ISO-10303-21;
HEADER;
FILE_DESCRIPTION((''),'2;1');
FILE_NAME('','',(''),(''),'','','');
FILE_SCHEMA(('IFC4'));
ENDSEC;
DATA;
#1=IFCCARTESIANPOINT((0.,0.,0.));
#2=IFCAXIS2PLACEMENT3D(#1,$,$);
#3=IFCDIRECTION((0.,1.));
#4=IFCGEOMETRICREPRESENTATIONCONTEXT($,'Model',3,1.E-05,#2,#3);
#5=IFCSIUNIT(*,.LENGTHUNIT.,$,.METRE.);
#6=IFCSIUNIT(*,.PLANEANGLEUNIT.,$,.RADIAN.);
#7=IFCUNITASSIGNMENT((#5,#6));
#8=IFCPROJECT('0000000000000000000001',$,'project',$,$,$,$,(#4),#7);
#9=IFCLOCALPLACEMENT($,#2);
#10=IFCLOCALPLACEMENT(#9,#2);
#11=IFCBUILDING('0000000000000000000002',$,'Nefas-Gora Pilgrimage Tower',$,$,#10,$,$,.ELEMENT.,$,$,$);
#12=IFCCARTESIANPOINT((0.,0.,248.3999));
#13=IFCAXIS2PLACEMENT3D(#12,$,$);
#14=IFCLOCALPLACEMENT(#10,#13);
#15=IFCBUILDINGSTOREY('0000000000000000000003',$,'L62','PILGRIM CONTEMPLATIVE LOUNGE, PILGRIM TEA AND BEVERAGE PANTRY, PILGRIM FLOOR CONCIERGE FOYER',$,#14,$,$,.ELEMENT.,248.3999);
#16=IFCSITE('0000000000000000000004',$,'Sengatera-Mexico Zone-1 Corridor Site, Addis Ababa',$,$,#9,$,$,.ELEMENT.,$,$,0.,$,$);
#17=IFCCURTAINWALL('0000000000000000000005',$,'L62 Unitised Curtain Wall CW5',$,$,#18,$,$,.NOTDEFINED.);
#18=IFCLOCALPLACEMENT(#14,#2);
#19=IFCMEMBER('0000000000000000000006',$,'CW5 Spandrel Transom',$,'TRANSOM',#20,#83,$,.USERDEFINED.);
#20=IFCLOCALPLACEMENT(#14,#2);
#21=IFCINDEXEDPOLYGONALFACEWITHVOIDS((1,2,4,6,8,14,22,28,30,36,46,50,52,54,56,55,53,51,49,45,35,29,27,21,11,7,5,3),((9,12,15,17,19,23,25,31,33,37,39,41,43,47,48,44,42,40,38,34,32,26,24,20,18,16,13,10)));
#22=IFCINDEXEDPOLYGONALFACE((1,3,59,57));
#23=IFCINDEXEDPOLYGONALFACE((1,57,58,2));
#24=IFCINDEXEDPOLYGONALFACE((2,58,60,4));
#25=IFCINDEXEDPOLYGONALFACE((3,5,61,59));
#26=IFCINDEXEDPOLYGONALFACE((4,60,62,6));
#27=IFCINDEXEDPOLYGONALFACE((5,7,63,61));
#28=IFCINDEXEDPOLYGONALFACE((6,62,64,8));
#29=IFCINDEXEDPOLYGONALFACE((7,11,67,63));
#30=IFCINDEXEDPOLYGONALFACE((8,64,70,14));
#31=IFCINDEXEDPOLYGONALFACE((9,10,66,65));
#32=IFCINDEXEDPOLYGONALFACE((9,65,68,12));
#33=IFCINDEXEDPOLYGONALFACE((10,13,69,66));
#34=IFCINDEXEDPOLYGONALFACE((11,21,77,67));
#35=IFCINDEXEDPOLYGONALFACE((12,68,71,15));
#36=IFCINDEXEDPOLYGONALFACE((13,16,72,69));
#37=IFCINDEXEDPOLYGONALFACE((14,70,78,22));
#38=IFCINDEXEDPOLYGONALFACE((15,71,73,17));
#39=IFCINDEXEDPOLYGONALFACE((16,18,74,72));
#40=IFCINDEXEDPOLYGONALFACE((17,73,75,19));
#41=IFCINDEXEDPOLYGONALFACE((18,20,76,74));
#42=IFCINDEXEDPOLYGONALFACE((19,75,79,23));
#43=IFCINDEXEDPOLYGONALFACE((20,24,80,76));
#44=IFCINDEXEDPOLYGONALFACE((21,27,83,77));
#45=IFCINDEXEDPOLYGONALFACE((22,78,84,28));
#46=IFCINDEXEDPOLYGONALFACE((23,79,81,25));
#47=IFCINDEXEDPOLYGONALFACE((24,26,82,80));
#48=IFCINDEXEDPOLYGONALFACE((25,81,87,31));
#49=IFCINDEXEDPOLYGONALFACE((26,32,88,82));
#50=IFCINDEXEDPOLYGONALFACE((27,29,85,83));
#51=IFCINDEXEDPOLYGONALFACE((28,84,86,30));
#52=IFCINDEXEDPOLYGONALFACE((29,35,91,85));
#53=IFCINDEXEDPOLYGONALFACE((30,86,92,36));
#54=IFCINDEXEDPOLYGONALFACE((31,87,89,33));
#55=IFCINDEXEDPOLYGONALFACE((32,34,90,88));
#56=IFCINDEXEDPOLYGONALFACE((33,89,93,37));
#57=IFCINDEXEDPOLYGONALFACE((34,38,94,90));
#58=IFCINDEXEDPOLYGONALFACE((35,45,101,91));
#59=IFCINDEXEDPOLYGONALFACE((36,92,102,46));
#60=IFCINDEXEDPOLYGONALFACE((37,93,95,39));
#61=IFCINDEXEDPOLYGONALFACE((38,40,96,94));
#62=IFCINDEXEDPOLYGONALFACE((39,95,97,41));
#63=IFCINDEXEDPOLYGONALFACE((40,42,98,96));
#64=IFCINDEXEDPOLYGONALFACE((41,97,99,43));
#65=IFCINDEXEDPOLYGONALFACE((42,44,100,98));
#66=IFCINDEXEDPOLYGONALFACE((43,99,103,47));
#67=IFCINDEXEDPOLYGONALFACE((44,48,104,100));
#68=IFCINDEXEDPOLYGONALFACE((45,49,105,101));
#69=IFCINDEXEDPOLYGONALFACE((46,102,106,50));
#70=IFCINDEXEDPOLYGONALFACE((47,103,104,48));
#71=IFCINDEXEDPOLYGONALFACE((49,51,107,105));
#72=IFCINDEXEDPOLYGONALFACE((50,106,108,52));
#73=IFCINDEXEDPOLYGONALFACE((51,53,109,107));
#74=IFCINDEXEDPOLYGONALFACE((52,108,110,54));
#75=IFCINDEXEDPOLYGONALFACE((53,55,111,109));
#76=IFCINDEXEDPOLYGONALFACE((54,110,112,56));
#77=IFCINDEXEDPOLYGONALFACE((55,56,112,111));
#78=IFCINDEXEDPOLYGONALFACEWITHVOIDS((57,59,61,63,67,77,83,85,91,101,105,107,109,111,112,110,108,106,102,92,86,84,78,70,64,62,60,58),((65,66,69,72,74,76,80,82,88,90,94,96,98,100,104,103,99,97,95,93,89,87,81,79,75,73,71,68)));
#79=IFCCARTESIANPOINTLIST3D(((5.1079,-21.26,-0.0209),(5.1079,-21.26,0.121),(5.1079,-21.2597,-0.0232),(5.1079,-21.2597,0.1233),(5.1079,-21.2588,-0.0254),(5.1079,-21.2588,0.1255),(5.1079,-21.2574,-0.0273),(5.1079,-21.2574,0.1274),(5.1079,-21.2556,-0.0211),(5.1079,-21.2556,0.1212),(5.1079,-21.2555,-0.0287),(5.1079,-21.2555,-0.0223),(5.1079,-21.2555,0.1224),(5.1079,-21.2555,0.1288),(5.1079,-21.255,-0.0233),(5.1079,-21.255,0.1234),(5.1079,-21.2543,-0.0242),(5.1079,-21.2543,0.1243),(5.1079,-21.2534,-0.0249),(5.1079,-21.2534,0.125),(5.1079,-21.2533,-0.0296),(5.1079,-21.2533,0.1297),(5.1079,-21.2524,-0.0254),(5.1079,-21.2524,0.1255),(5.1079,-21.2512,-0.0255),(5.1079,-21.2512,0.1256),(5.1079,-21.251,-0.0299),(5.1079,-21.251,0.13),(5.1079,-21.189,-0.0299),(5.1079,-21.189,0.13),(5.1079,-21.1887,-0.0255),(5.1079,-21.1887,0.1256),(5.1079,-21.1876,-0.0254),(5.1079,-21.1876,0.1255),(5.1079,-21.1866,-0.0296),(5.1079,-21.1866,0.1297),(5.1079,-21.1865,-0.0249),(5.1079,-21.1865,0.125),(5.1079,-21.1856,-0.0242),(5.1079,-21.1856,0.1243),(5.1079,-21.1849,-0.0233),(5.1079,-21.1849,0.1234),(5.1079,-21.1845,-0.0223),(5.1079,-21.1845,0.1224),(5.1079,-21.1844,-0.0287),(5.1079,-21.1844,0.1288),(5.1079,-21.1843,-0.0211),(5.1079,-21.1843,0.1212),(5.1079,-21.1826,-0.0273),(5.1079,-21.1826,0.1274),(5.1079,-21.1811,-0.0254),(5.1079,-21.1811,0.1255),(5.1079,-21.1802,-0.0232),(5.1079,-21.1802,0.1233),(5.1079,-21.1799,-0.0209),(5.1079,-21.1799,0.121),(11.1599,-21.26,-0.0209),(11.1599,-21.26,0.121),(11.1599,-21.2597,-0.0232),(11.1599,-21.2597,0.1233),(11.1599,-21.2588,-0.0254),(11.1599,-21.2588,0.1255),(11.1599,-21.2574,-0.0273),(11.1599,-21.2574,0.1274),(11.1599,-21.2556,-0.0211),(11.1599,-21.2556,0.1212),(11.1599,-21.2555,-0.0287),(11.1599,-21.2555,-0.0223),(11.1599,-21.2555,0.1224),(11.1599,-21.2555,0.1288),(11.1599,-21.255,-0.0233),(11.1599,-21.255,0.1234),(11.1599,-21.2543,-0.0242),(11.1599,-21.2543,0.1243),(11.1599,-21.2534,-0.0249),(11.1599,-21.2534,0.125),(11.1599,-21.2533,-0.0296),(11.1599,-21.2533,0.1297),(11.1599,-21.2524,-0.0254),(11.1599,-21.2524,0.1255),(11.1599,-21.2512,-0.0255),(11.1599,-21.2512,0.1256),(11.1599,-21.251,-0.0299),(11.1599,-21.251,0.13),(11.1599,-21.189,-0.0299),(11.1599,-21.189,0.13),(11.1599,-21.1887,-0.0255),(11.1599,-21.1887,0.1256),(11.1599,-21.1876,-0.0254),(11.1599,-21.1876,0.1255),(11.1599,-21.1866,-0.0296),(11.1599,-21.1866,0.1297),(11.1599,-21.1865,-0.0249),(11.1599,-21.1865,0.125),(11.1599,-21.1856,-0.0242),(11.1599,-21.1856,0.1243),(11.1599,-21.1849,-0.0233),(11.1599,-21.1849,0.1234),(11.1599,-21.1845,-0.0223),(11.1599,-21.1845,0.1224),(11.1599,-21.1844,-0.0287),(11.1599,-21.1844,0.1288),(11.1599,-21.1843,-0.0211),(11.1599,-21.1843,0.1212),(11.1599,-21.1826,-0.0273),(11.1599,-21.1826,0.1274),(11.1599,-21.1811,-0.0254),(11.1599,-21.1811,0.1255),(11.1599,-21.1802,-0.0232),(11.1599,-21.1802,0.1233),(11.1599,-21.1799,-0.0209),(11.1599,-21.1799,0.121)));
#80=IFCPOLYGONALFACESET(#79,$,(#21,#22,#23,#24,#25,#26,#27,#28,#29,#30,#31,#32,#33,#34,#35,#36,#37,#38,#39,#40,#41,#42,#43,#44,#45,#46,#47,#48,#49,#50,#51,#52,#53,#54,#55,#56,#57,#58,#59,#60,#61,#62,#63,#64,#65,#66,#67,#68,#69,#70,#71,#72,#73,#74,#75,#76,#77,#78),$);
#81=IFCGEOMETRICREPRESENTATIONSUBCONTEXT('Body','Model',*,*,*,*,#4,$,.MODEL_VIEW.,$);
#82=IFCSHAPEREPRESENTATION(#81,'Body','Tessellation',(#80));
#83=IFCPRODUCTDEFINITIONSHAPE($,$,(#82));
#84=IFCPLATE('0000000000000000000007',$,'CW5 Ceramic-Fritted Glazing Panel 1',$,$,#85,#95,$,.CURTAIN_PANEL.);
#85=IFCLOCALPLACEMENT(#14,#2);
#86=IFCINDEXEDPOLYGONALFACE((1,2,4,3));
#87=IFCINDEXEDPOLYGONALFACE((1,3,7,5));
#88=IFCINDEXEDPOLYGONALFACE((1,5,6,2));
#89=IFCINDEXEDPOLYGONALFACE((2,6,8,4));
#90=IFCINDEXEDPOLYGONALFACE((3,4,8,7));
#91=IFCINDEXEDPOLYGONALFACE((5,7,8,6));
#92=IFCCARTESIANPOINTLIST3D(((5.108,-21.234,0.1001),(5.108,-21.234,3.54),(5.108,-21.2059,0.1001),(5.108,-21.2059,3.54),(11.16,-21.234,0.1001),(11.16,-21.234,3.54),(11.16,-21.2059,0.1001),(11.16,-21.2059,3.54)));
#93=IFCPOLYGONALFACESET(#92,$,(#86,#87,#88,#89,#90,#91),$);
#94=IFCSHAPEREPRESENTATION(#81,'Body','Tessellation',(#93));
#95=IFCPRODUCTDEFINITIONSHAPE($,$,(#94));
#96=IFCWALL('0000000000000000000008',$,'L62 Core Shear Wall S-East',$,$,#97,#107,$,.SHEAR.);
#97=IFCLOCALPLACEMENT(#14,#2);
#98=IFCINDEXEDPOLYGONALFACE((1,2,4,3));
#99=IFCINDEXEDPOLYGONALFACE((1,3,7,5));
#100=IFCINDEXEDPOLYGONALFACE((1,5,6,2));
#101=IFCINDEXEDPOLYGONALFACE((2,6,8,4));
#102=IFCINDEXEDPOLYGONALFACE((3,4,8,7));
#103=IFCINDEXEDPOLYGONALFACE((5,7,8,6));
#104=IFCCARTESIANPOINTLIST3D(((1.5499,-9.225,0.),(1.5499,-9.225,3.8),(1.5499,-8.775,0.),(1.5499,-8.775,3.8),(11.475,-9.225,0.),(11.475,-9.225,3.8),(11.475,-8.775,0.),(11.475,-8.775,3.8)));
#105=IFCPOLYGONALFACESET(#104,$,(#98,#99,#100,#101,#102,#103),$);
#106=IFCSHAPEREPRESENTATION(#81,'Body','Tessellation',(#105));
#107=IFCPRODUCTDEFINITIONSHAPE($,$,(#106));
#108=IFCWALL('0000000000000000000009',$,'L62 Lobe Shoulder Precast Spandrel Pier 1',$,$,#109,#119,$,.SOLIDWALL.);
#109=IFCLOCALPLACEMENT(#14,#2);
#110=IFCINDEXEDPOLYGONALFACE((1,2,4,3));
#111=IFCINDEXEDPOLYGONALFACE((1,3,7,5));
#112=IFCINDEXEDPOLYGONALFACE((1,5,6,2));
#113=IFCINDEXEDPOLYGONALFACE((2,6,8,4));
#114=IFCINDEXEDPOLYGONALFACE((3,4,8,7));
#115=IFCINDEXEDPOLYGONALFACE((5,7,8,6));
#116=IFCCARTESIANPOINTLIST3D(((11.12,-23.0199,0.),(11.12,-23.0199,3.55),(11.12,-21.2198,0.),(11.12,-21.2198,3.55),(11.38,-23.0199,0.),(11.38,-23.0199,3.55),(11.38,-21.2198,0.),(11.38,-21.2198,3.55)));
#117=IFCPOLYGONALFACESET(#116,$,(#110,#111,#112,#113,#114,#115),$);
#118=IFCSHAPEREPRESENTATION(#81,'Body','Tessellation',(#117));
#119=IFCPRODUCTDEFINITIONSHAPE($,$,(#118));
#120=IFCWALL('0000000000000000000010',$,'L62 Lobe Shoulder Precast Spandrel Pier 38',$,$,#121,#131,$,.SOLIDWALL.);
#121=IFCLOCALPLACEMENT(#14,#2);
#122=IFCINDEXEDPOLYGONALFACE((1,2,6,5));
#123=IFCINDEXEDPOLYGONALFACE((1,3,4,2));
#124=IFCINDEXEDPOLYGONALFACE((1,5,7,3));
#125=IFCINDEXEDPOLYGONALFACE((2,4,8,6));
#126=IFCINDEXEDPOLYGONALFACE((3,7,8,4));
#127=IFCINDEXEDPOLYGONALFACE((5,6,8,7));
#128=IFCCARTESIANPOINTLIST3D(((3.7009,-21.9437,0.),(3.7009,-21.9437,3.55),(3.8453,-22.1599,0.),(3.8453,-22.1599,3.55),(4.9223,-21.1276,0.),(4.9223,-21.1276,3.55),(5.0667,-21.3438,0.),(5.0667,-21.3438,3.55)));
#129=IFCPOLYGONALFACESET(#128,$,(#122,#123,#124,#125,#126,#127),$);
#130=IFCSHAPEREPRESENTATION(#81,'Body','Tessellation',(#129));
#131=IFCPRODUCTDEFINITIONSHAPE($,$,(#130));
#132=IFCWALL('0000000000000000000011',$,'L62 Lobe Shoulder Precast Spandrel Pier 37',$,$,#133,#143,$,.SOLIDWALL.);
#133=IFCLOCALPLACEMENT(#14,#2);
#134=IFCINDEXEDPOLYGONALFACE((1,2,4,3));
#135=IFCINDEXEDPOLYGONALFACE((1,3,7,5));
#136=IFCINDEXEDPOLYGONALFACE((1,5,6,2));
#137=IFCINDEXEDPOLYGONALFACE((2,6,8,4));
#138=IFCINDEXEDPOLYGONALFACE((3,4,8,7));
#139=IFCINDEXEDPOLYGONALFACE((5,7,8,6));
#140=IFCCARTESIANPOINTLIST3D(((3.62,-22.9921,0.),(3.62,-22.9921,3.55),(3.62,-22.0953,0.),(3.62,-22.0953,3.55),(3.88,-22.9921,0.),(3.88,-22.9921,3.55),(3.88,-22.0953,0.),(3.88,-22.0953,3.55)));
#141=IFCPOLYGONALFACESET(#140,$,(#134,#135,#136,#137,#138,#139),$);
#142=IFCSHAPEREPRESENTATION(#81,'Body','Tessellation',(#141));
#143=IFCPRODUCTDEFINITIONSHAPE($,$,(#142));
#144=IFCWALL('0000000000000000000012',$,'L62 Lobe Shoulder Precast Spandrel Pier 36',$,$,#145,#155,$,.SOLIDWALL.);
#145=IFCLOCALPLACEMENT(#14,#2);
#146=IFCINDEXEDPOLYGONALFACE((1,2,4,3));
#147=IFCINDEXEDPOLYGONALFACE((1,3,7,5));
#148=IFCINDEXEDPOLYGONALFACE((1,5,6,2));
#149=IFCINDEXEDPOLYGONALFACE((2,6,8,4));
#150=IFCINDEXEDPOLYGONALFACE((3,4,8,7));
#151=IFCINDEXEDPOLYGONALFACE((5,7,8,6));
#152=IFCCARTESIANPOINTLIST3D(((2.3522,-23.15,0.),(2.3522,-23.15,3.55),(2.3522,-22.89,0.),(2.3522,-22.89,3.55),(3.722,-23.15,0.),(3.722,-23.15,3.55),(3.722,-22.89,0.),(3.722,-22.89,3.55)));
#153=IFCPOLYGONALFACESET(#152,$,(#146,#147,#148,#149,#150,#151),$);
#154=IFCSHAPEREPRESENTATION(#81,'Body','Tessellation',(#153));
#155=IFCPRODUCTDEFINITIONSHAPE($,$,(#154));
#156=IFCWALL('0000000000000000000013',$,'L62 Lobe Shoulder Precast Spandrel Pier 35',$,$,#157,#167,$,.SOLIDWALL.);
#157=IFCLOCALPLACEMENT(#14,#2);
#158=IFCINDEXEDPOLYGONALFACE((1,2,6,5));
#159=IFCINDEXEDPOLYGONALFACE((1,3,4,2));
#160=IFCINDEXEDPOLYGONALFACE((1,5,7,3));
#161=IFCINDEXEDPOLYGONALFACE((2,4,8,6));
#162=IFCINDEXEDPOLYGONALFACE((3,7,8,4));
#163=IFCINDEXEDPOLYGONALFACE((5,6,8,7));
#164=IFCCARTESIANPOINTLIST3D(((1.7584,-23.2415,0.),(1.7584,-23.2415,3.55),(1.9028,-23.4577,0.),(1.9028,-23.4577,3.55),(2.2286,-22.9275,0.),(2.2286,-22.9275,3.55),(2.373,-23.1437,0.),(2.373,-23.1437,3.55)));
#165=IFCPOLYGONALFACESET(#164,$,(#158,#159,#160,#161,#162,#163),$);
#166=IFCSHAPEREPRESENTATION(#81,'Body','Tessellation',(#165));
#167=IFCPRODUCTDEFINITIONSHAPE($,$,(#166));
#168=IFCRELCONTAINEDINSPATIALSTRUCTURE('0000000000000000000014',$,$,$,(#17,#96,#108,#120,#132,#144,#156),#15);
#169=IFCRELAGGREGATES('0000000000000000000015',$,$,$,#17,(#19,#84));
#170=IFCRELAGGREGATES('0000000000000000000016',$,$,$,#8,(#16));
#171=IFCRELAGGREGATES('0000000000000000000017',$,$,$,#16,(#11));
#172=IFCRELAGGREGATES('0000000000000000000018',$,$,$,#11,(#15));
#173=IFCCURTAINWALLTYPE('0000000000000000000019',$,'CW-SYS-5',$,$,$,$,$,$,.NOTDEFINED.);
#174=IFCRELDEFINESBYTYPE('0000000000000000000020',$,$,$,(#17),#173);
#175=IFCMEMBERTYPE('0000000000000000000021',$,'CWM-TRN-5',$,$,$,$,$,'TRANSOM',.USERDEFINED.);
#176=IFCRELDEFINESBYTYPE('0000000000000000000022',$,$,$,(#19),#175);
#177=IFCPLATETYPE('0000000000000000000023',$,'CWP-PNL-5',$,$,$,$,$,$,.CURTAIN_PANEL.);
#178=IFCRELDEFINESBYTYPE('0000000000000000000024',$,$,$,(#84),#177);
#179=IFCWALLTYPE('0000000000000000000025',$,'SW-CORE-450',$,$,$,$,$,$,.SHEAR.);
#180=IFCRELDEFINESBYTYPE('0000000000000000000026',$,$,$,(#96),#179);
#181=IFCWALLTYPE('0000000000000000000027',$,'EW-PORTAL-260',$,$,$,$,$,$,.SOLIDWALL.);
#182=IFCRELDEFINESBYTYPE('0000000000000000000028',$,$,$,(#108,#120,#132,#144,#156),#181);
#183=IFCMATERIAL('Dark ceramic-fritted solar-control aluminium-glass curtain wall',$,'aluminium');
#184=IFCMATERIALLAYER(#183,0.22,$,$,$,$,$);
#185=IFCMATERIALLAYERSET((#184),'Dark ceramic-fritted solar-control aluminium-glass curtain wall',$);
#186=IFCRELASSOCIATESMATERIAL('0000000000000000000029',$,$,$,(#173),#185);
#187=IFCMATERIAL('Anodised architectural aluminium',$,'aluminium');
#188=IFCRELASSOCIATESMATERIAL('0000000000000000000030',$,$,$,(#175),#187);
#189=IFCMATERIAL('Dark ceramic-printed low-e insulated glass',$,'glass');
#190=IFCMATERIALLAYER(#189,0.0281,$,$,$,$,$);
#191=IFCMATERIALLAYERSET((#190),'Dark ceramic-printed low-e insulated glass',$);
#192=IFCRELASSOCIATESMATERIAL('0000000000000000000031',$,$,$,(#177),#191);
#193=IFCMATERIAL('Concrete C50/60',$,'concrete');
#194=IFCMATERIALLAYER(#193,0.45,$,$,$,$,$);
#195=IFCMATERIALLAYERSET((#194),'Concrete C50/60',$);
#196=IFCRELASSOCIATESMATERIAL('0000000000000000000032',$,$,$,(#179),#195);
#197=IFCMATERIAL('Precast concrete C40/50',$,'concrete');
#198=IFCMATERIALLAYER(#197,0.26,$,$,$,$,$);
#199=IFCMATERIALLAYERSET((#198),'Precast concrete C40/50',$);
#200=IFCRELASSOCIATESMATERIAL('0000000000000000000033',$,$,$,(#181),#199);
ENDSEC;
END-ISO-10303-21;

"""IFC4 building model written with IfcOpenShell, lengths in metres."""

from ifc_helpers import new_model, si_unit, direction, frame, frame_2d, origin, origin_2d, place, context, subcontext, project, spatial, rectangle, hollow_rectangle, extrude, source, transform, mapped, material, layer, layer_set, material_profile, profile_set, type_object, element, aggregate, save


model = new_model("IFC4")

# Units and contexts
model_context = context("Model", 3, precision=1e-05, world=origin(), true_north=direction((0.0, 1.0)))
body_context = subcontext(model_context, "Body", "Model", "MODEL_VIEW")
ifc_project = project(units=[si_unit("LENGTHUNIT", "METRE"), si_unit("PLANEANGLEUNIT", "RADIAN")], contexts=[model_context])

# Site, building, storey
site_placement = place(None, origin())
site = spatial("IfcSite", under=ifc_project, at=site_placement, Name="Sengatera-Mexico Zone-1 Corridor Site, Addis Ababa", CompositionType="ELEMENT", RefElevation=0.0)
building_placement = place(site_placement, origin())
building = spatial("IfcBuilding", under=site, at=building_placement, Name="Nefas-Gora Pilgrimage Tower", CompositionType="ELEMENT")
storey_placement = place(building_placement, frame((0.0, 0.0, 248.3999)))
storey = spatial("IfcBuildingStorey", under=building, at=storey_placement, Name="L62", Description="PILGRIM CONTEMPLATIVE LOUNGE, PILGRIM TEA AND BEVERAGE PANTRY, PILGRIM FLOOR CONCIERGE FOYER", CompositionType="ELEMENT", Elevation=248.3999)

# Curtain wall
ifc_material_1 = material(Name="Dark ceramic-fritted solar-control aluminium-glass curtain wall", Category="aluminium")
ifc_layer_1 = layer(ifc_material_1, 0.22)
ifc_layer_set_1 = layer_set([ifc_layer_1], Name="Dark ceramic-fritted solar-control aluminium-glass curtain wall")
curtain_wall_type = type_object("IfcCurtainWallType", Name="CW-SYS-5", PredefinedType="NOTDEFINED", material=ifc_layer_set_1)
curtain_wall_1_placement = place(storey_placement, origin())
curtain_wall_1 = element("IfcCurtainWall", 1, at=curtain_wall_1_placement, inside=storey, type_object=curtain_wall_type, Name="L62 Unitised Curtain Wall CW5", PredefinedType="NOTDEFINED")
ifc_material_2 = material(Name="Anodised architectural aluminium", Category="aluminium")

# Member
ifc_material_profile_1 = material_profile(ifc_material_2, hollow_rectangle(XDim=0.0801, YDim=0.1599, WallThickness=0.0044, InnerFilletRadius=0.0044, OuterFilletRadius=0.009, at=origin_2d()), Name="ALU TRANSOM 80x160")
ifc_profile_set_1 = profile_set([ifc_material_profile_1], Name="Anodised architectural aluminium")
member_type_1 = type_object("IfcMemberType", Name="CWM-TRN-5", ElementType="TRANSOM", PredefinedType="USERDEFINED", material=ifc_profile_set_1)
shared_shape_1 = source(origin(), body_context, "Body", "SweptSolid", [
    extrude(hollow_rectangle(XDim=0.0801, YDim=0.1599, WallThickness=0.0044, InnerFilletRadius=0.0044, OuterFilletRadius=0.009, at=origin_2d()), origin(), (0.0, 0.0, 1.0), 6.052),
])
member_1_placement = place(storey_placement, frame((5.1079, -21.22, 0.05), z_axis=(1.0, 0.0, 0.0), x_axis=(0.0, 1.0, 0.0)))
member_1 = element("IfcMember", 2, at=member_1_placement, type_object=member_type_1, Name="CW5 Spandrel Transom", ObjectType="TRANSOM", PredefinedType="USERDEFINED", context=body_context, shape_type="MappedRepresentation", body=[
    mapped(shared_shape_1, transform((0.0, 0.0, 0.0), x_axis=(1.0, 0.0, 0.0), y_axis=(0.0, 1.0, 0.0), z_axis=(0.0, 0.0, 1.0), scale=1.0)),
])

# Plate
ifc_material_3 = material(Name="Dark ceramic-printed low-e insulated glass", Category="glass")
ifc_layer_2 = layer(ifc_material_3, 0.0281)
ifc_layer_set_2 = layer_set([ifc_layer_2], Name="Dark ceramic-printed low-e insulated glass")
plate_type = type_object("IfcPlateType", Name="CWP-PNL-5", PredefinedType="CURTAIN_PANEL", material=ifc_layer_set_2)
shared_shape_2 = source(origin(), body_context, "Body", "SweptSolid", [
    extrude(rectangle(XDim=6.052, YDim=0.0281, at=origin_2d()), origin(), (0.0, 0.0, 1.0), 3.4399),
])
plate_placement = place(storey_placement, frame((8.134, -21.22, 0.1001), z_axis=(0.0, 0.0, 1.0), x_axis=(1.0, 0.0, 0.0)))
plate = element("IfcPlate", 3, at=plate_placement, type_object=plate_type, Name="CW5 Ceramic-Fritted Glazing Panel 1", PredefinedType="CURTAIN_PANEL", context=body_context, shape_type="MappedRepresentation", body=[
    mapped(shared_shape_2, transform((0.0, 0.0, 0.0), x_axis=(1.0, 0.0, 0.0), y_axis=(0.0, 1.0, 0.0), z_axis=(0.0, 0.0, 1.0), scale=1.0)),
])
aggregate(curtain_wall_1, [member_1, plate])

# Walls
ifc_material_4 = material(Name="Concrete C50/60", Category="concrete")
ifc_layer_3 = layer(ifc_material_4, 0.45)
ifc_layer_set_3 = layer_set([ifc_layer_3], Name="Concrete C50/60")
wall_type_1 = type_object("IfcWallType", Name="SW-CORE-450", PredefinedType="SHEAR", material=ifc_layer_set_3)
shared_shape_3 = source(origin(), body_context, "Body", "SweptSolid", [
    extrude(rectangle(XDim=9.925, YDim=0.45, at=frame_2d((4.9624, 0.0))), origin(), (0.0, 0.0, 1.0), 3.8),
])
wall_1_placement = place(storey_placement, frame((1.55, -9.0, 0.0), z_axis=(0.0, 0.0, 1.0), x_axis=(1.0, 0.0, 0.0)))
element("IfcWall", 4, at=wall_1_placement, inside=storey, type_object=wall_type_1, Name="L62 Core Shear Wall S-East", PredefinedType="SHEAR", context=body_context, shape_type="MappedRepresentation", body=[
    mapped(shared_shape_3, transform((0.0, 0.0, 0.0), x_axis=(1.0, 0.0, 0.0), y_axis=(0.0, 1.0, 0.0), z_axis=(0.0, 0.0, 1.0), scale=1.0)),
])
ifc_material_5 = material(Name="Precast concrete C40/50", Category="concrete")
ifc_layer_4 = layer(ifc_material_5, 0.26)
ifc_layer_set_4 = layer_set([ifc_layer_4], Name="Precast concrete C40/50")
wall_type_2 = type_object("IfcWallType", Name="EW-PORTAL-260", PredefinedType="SOLIDWALL", material=ifc_layer_set_4)
shared_shape_4 = source(origin(), body_context, "Body", "SweptSolid", [
    extrude(rectangle(XDim=1.8, YDim=0.26, at=frame_2d((0.8999, 0.0))), origin(), (0.0, 0.0, 1.0), 3.55),
])
wall_2_placement = place(storey_placement, frame((11.25, -21.22, 0.0), z_axis=(0.0, 0.0, 1.0), x_axis=(0.0, -1.0, 0.0)))
element("IfcWall", 5, at=wall_2_placement, inside=storey, type_object=wall_type_2, Name="L62 Lobe Shoulder Precast Spandrel Pier 1", PredefinedType="SOLIDWALL", context=body_context, shape_type="MappedRepresentation", body=[
    mapped(shared_shape_4, transform((0.0, 0.0, 0.0), x_axis=(1.0, 0.0, 0.0), y_axis=(0.0, 1.0, 0.0), z_axis=(0.0, 0.0, 1.0), scale=1.0)),
])
shared_shape_5 = source(origin(), body_context, "Body", "SweptSolid", [
    extrude(rectangle(XDim=1.469, YDim=0.26, at=frame_2d((0.7344, 0.0))), origin(), (0.0, 0.0, 1.0), 3.55),
])
wall_3_placement = place(storey_placement, frame((3.7732, -22.0518, 0.0), z_axis=(0.0, 0.0, 1.0), x_axis=(0.831462, 0.555582, 0.0)))
element("IfcWall", 6, at=wall_3_placement, inside=storey, type_object=wall_type_2, Name="L62 Lobe Shoulder Precast Spandrel Pier 38", PredefinedType="SOLIDWALL", context=body_context, shape_type="MappedRepresentation", body=[
    mapped(shared_shape_5, transform((0.0, 0.0, 0.0), x_axis=(1.0, 0.0, 0.0), y_axis=(0.0, 1.0, 0.0), z_axis=(0.0, 0.0, 1.0), scale=1.0)),
])
shared_shape_6 = source(origin(), body_context, "Body", "SweptSolid", [
    extrude(rectangle(XDim=0.8967, YDim=0.26, at=frame_2d((0.4482, 0.0))), origin(), (0.0, 0.0, 1.0), 3.55),
])
wall_4_placement = place(storey_placement, frame((3.75, -22.9919, 0.0), z_axis=(0.0, 0.0, 1.0), x_axis=(0.0, 1.0, 0.0)))
element("IfcWall", 7, at=wall_4_placement, inside=storey, type_object=wall_type_2, Name="L62 Lobe Shoulder Precast Spandrel Pier 37", PredefinedType="SOLIDWALL", context=body_context, shape_type="MappedRepresentation", body=[
    mapped(shared_shape_6, transform((0.0, 0.0, 0.0), x_axis=(1.0, 0.0, 0.0), y_axis=(0.0, 1.0, 0.0), z_axis=(0.0, 0.0, 1.0), scale=1.0)),
])
shared_shape_7 = source(origin(), body_context, "Body", "SweptSolid", [
    extrude(rectangle(XDim=1.3699, YDim=0.26, at=frame_2d((0.6851, 0.0))), origin(), (0.0, 0.0, 1.0), 3.55),
])
wall_5_placement = place(storey_placement, frame((2.3521, -23.02, 0.0), z_axis=(0.0, 0.0, 1.0), x_axis=(1.0, 0.0, 0.0)))
element("IfcWall", 8, at=wall_5_placement, inside=storey, type_object=wall_type_2, Name="L62 Lobe Shoulder Precast Spandrel Pier 36", PredefinedType="SOLIDWALL", context=body_context, shape_type="MappedRepresentation", body=[
    mapped(shared_shape_7, transform((0.0, 0.0, 0.0), x_axis=(1.0, 0.0, 0.0), y_axis=(0.0, 1.0, 0.0), z_axis=(0.0, 0.0, 1.0), scale=1.0)),
])
shared_shape_8 = source(origin(), body_context, "Body", "SweptSolid", [
    extrude(rectangle(XDim=0.5654, YDim=0.26, at=frame_2d((0.2827, 0.0))), origin(), (0.0, 0.0, 1.0), 3.55),
])
wall_6_placement = place(storey_placement, frame((1.8306, -23.3496, 0.0), z_axis=(0.0, 0.0, 1.0), x_axis=(0.831651, 0.555298, 0.0)))
element("IfcWall", 9, at=wall_6_placement, inside=storey, type_object=wall_type_2, Name="L62 Lobe Shoulder Precast Spandrel Pier 35", PredefinedType="SOLIDWALL", context=body_context, shape_type="MappedRepresentation", body=[
    mapped(shared_shape_8, transform((0.0, 0.0, 0.0), x_axis=(1.0, 0.0, 0.0), y_axis=(0.0, 1.0, 0.0), z_axis=(0.0, 0.0, 1.0), scale=1.0)),
])

save(model, "model.ifc")
